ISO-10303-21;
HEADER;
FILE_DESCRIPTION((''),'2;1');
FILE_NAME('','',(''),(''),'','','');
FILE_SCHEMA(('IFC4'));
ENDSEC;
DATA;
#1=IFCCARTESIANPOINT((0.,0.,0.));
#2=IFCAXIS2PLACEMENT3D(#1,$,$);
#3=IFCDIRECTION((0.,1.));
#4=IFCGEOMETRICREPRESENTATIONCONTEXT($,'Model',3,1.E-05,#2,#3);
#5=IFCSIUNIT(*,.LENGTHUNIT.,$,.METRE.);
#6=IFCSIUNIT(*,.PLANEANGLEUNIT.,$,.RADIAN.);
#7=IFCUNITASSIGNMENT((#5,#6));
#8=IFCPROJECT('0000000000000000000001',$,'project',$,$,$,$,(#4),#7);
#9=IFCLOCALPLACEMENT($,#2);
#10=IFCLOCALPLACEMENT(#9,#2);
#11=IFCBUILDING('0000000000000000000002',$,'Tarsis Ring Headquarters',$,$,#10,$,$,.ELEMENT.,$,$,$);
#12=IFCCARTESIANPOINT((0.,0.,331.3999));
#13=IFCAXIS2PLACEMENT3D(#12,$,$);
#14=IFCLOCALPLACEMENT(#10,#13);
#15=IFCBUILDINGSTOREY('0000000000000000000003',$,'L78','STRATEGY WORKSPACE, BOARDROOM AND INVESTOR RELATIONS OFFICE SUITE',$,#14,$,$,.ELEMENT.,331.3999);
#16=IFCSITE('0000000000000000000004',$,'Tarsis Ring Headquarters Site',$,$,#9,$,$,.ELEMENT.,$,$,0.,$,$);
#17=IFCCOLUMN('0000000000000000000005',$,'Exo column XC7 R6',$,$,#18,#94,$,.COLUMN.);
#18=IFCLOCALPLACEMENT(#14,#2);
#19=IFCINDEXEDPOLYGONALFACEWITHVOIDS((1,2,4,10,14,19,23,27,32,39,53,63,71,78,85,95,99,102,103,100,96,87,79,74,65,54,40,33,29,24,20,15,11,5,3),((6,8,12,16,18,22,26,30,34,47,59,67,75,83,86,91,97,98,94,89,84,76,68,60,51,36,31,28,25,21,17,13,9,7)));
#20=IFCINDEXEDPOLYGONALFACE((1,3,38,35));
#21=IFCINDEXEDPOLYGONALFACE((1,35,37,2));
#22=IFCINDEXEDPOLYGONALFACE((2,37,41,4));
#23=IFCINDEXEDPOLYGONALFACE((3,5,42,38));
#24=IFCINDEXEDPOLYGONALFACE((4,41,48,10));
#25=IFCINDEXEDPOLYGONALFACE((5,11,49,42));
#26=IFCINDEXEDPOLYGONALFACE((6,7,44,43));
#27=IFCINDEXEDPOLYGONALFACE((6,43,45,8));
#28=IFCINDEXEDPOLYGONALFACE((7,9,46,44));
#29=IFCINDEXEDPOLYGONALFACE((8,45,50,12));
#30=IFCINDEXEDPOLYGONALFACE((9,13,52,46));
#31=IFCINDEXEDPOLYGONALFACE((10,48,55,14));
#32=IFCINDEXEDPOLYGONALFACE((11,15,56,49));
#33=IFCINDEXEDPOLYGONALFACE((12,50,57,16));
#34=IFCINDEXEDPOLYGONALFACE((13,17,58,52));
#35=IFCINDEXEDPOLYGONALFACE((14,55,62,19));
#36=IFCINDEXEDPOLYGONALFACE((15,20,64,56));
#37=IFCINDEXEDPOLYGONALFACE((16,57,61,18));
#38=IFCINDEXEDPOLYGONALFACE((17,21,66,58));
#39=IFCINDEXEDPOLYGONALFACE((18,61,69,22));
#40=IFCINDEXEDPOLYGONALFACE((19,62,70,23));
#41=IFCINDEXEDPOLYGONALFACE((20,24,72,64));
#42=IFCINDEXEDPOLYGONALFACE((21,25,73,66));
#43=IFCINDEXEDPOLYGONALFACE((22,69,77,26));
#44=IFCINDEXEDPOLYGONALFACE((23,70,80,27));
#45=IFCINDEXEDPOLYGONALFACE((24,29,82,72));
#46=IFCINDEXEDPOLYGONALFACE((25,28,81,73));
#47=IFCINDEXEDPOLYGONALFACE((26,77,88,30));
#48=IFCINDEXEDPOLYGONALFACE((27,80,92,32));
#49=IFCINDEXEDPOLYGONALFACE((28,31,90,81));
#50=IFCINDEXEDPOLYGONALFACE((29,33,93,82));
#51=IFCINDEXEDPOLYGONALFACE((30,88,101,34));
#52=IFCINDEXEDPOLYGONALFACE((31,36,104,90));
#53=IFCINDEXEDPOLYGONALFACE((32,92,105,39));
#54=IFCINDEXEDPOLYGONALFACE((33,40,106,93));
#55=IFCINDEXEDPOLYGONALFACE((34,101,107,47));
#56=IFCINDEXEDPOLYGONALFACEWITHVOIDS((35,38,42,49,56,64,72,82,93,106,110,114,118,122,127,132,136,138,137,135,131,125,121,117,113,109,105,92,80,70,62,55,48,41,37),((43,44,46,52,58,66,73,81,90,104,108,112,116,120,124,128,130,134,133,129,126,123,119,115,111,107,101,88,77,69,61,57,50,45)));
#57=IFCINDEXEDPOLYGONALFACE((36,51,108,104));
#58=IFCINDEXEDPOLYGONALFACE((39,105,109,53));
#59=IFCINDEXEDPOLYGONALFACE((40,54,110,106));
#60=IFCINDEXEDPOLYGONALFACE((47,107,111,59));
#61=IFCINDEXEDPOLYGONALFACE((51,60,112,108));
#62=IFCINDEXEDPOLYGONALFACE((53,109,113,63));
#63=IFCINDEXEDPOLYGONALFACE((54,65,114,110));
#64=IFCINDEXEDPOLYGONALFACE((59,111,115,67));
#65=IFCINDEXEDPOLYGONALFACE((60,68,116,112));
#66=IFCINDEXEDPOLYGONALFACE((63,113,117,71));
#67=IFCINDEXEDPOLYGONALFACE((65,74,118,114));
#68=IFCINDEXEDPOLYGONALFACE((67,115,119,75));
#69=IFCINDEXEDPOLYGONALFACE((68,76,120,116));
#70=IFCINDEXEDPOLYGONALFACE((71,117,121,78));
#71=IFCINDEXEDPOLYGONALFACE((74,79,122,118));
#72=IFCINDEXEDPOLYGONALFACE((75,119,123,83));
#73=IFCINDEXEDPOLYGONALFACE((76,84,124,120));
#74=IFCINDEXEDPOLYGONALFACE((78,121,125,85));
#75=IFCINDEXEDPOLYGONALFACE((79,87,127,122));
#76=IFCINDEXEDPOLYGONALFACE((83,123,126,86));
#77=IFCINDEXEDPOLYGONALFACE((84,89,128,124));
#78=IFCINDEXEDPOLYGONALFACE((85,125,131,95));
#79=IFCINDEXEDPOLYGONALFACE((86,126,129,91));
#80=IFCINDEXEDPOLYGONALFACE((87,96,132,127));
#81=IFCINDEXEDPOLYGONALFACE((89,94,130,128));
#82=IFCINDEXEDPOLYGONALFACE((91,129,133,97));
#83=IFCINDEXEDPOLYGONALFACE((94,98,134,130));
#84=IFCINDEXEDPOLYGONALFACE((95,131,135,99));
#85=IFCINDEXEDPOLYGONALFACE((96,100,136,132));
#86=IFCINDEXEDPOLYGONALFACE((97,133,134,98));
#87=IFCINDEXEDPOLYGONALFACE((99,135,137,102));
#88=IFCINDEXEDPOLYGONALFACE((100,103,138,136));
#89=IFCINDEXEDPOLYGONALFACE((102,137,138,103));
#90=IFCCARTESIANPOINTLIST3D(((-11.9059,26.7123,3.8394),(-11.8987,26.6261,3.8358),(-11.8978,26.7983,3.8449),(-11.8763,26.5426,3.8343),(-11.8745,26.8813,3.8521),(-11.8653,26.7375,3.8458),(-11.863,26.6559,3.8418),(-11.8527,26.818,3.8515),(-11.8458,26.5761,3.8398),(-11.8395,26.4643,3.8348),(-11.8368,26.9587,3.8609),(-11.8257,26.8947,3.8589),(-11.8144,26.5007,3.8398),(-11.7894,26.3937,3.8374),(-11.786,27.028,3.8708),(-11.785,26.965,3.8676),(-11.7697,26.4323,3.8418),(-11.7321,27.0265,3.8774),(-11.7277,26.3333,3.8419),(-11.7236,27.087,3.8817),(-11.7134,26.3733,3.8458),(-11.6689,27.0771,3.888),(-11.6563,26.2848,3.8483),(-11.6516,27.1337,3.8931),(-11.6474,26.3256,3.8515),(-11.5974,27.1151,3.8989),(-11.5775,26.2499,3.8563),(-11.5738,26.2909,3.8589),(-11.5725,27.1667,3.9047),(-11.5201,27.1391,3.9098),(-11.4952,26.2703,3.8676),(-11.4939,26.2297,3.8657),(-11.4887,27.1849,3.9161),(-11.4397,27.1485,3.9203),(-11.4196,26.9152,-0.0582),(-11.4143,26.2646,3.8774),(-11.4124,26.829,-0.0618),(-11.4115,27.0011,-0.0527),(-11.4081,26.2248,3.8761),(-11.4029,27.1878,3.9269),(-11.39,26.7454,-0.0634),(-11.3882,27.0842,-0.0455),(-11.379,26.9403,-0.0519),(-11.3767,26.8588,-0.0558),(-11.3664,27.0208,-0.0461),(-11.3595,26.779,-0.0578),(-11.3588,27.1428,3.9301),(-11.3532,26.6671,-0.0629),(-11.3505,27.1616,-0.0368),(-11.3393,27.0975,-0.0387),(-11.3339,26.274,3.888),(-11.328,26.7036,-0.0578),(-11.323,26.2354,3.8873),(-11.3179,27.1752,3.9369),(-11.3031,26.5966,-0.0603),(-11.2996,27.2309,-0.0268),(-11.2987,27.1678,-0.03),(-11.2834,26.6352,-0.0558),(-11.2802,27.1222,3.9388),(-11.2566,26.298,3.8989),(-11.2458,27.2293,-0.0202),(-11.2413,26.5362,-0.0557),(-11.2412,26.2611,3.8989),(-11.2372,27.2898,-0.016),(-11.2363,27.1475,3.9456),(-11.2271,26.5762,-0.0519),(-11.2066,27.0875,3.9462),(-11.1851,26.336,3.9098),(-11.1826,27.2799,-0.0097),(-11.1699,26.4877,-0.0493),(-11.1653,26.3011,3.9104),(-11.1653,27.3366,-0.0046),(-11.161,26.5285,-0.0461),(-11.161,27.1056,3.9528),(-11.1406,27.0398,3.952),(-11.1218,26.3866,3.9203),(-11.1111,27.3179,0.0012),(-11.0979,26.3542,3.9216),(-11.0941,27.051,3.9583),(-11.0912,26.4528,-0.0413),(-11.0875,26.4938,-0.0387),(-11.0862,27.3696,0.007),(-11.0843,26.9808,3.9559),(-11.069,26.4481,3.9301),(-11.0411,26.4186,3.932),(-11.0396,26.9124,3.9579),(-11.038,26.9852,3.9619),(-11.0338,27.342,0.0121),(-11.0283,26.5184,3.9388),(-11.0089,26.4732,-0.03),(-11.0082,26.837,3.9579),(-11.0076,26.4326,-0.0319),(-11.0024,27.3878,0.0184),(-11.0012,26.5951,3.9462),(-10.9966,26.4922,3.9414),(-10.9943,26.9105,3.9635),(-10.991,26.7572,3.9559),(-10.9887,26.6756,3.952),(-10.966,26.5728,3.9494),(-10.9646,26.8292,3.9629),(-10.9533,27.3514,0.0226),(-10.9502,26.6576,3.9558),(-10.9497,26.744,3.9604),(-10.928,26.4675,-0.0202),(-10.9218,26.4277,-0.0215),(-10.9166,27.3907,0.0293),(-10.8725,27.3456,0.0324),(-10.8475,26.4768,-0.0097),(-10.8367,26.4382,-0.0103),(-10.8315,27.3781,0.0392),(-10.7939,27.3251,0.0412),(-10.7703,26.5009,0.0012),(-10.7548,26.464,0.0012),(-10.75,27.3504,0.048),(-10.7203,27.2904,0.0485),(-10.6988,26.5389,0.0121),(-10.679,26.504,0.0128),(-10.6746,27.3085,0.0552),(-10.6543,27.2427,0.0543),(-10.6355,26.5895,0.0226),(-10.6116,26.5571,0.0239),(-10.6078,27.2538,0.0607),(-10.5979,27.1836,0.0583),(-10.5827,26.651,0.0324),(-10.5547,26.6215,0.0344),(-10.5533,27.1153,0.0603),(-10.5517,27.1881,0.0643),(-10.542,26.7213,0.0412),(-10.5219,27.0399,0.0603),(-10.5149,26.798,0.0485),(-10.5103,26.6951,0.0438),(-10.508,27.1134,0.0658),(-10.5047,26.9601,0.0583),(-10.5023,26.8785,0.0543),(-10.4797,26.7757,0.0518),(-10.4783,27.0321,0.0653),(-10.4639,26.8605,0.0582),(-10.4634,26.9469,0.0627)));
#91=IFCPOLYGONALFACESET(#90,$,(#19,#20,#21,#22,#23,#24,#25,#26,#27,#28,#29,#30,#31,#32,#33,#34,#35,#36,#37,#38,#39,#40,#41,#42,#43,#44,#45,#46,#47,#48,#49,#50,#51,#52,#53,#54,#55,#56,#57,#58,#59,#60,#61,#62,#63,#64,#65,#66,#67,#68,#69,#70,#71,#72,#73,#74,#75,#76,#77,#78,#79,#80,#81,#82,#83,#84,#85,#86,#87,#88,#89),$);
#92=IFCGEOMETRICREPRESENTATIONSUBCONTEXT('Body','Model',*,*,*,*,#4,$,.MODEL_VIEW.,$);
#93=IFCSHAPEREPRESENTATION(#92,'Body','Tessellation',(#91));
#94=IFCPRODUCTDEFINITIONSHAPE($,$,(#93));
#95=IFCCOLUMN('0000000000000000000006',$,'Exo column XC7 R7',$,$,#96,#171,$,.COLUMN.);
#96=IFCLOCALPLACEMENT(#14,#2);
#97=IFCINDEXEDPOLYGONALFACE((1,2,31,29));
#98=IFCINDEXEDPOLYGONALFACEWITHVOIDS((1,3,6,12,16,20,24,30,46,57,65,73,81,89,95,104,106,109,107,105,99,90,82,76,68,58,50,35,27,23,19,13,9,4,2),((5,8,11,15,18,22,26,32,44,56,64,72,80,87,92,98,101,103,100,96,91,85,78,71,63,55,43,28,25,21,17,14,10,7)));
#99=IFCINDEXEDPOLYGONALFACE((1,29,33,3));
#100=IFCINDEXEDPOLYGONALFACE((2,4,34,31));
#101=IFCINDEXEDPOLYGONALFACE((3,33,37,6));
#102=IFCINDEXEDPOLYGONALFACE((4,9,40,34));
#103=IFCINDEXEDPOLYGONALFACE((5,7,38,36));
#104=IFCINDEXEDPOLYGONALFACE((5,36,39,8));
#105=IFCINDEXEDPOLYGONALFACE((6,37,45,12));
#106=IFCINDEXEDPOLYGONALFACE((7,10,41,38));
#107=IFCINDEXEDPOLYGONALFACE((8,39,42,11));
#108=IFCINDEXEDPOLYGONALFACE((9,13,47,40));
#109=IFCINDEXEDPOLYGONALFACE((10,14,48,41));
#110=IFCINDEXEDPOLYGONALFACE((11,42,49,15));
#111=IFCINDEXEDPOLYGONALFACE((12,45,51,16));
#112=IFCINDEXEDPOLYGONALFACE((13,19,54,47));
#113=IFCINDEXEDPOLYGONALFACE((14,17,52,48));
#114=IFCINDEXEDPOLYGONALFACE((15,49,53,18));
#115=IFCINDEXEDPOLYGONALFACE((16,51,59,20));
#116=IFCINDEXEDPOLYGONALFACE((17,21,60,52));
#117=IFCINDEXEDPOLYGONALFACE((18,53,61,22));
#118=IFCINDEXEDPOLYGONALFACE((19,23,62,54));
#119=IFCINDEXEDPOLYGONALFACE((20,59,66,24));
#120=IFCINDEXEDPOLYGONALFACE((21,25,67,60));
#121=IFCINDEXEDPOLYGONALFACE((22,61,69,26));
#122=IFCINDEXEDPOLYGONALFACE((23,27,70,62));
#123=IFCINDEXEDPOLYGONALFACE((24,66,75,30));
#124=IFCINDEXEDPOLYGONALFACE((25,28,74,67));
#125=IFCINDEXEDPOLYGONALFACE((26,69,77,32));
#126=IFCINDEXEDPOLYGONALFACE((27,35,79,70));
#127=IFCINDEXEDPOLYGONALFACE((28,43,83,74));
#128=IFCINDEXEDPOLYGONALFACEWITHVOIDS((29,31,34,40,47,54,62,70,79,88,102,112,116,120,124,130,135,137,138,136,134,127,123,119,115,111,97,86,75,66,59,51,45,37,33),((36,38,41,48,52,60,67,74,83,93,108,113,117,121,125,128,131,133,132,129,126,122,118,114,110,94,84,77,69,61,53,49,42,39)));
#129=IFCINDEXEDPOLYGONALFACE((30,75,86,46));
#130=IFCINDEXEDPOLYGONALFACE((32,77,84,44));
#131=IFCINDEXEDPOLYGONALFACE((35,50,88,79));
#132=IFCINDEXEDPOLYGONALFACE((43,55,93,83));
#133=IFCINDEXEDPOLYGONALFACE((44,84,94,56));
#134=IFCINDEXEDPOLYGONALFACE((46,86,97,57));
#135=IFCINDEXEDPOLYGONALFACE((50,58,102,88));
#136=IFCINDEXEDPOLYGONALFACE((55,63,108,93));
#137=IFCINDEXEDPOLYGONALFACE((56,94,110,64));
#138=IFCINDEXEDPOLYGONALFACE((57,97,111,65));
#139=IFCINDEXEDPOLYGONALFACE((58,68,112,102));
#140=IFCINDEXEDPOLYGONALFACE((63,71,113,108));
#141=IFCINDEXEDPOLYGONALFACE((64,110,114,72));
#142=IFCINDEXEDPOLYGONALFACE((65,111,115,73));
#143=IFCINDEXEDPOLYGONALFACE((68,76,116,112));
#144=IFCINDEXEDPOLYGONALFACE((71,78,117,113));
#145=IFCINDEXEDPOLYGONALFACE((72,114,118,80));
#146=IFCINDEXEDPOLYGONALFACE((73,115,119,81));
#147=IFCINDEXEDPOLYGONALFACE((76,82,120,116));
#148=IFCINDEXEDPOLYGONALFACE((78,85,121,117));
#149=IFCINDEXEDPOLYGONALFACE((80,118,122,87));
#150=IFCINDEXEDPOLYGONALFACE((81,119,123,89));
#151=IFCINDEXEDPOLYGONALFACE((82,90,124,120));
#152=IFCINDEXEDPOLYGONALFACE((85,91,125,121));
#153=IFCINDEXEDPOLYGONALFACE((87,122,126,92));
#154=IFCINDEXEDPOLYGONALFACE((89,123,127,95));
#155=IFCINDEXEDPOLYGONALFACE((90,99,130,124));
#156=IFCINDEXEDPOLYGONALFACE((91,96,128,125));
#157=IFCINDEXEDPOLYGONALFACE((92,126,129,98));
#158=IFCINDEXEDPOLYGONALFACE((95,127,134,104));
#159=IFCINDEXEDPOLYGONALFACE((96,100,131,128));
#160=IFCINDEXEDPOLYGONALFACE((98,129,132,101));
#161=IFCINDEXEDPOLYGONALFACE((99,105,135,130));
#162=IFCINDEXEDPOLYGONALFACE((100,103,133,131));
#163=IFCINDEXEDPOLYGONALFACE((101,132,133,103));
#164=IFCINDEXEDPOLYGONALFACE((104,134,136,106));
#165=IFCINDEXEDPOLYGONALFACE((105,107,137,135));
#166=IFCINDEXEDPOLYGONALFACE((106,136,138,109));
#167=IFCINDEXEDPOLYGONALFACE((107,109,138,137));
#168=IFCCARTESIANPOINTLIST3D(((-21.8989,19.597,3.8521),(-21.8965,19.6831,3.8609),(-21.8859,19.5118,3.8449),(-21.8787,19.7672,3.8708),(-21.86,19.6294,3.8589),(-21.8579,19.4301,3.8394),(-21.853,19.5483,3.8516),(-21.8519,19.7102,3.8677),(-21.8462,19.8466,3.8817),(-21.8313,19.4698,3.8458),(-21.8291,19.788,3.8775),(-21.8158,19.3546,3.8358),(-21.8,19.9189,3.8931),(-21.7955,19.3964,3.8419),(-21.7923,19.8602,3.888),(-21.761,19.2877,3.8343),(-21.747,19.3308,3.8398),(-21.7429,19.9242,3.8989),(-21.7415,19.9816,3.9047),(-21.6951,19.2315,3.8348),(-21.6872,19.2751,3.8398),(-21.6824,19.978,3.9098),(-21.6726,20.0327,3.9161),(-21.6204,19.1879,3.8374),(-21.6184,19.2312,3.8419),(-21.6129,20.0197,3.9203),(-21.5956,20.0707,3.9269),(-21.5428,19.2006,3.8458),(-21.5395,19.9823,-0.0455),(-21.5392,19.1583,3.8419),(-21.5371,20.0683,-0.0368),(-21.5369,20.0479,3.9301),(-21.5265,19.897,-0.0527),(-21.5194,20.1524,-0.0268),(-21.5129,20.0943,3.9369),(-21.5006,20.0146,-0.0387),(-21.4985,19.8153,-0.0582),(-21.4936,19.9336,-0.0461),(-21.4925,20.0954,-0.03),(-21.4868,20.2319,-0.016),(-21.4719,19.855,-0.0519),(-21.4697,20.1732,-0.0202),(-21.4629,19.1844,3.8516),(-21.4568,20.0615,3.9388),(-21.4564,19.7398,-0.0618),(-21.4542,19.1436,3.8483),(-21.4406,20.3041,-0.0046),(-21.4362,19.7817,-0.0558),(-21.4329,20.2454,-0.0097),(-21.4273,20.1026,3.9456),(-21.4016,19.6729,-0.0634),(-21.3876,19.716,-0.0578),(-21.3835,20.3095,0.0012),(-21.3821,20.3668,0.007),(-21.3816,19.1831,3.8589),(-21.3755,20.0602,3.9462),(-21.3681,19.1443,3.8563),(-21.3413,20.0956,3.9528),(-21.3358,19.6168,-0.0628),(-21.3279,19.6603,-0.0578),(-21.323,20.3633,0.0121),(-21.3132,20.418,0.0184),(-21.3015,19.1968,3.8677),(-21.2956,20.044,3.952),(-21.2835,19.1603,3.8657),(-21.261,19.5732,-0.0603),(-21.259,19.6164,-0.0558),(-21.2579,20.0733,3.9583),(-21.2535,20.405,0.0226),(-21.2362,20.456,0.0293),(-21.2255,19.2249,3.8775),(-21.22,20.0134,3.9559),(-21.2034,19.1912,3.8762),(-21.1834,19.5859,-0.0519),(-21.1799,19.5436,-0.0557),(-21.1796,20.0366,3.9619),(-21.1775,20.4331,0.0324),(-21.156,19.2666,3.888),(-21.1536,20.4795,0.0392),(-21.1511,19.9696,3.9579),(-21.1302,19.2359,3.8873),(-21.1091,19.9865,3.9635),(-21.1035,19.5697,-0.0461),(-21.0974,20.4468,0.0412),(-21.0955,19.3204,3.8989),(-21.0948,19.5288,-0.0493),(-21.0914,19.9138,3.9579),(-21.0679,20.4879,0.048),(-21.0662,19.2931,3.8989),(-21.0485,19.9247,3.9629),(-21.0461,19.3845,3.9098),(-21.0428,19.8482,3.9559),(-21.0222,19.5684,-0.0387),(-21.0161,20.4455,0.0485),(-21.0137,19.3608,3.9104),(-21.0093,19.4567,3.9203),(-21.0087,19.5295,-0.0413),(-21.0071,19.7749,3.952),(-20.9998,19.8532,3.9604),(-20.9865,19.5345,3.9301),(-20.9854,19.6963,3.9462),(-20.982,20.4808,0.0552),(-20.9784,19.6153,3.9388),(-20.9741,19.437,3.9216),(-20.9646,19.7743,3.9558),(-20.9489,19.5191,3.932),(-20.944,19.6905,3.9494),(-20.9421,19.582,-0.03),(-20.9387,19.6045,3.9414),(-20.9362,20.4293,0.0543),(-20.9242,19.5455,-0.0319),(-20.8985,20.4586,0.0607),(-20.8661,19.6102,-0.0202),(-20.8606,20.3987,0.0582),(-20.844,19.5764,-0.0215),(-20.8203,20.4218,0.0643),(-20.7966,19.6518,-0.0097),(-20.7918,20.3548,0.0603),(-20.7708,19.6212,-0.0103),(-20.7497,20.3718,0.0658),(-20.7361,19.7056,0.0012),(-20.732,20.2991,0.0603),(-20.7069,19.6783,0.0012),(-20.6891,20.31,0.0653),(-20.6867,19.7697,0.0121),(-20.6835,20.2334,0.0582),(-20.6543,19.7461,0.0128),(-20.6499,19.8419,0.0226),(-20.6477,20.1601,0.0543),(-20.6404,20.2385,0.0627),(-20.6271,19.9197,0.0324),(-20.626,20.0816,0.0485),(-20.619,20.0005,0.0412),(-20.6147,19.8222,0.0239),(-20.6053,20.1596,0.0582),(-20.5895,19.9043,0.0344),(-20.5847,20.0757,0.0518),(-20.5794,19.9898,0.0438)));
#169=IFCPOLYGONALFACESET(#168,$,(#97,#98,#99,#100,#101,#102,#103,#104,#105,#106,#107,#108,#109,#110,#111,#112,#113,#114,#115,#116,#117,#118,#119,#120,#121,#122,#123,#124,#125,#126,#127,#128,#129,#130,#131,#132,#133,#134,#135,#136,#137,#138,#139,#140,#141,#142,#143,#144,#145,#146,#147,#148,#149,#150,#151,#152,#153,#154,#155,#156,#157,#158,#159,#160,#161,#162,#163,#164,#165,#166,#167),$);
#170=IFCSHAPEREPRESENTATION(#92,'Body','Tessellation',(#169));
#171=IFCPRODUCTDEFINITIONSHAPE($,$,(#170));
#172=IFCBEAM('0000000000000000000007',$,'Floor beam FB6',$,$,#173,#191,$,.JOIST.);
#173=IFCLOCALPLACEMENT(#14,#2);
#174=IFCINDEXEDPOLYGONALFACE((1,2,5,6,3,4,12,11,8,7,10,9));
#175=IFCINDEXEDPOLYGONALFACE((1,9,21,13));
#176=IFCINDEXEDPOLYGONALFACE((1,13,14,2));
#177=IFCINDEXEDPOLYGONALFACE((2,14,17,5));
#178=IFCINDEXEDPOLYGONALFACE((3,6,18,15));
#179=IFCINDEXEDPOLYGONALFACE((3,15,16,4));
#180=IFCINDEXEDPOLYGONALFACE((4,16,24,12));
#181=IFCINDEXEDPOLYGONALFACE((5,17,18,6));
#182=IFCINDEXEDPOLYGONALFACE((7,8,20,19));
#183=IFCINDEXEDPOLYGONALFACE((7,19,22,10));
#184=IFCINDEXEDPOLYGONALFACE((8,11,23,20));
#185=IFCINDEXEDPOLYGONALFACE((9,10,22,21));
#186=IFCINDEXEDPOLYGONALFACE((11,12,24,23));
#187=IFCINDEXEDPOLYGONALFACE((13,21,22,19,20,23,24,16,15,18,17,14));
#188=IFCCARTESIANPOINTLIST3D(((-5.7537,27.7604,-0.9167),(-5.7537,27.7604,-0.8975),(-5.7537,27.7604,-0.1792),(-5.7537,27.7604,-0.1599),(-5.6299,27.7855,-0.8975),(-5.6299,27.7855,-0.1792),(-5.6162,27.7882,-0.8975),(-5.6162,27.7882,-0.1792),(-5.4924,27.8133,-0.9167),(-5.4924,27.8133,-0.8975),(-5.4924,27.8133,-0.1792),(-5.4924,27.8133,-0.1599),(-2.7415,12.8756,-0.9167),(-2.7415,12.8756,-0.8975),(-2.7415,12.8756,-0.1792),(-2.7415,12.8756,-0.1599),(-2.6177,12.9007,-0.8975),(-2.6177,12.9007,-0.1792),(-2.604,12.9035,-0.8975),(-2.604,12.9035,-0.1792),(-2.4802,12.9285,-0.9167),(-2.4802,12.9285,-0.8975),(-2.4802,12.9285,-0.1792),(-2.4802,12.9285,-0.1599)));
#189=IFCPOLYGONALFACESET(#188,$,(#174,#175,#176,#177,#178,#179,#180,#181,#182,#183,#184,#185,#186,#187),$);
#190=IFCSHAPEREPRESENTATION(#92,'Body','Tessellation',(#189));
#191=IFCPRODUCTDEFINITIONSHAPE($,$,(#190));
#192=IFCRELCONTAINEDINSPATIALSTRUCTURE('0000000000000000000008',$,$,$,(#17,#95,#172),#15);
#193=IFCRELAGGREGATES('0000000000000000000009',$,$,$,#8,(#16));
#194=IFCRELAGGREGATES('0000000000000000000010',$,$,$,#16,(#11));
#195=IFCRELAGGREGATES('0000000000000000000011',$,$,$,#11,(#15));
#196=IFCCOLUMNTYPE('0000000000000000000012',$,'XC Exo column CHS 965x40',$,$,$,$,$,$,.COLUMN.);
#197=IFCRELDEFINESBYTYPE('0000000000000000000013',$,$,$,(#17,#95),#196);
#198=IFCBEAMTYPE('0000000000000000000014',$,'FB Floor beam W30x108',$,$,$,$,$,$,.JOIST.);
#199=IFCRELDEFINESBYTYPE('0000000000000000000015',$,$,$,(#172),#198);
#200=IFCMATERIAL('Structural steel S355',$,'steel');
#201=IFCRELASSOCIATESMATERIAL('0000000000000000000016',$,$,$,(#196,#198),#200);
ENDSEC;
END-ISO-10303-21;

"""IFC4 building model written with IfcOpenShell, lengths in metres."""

from ifc_helpers import new_model, si_unit, direction, frame, origin, origin_2d, place, context, subcontext, project, spatial, hollow_circle, i_section, extrude, material, material_profile, profile_set, type_object, element, save


model = new_model("IFC4")

# Units and contexts
model_context = context("Model", 3, precision=1e-05, world=origin(), true_north=direction((0.0, 1.0)))
body_context = subcontext(model_context, "Body", "Model", "MODEL_VIEW")
ifc_project = project(units=[si_unit("LENGTHUNIT", "METRE"), si_unit("PLANEANGLEUNIT", "RADIAN")], contexts=[model_context])

# Site, building, storey
site_placement = place(None, origin())
site = spatial("IfcSite", under=ifc_project, at=site_placement, Name="Tarsis Ring Headquarters Site", CompositionType="ELEMENT", RefElevation=0.0)
building_placement = place(site_placement, origin())
building = spatial("IfcBuilding", under=site, at=building_placement, Name="Tarsis Ring Headquarters", CompositionType="ELEMENT")
storey_placement = place(building_placement, frame((0.0, 0.0, 331.3999)))
storey = spatial("IfcBuildingStorey", under=building, at=storey_placement, Name="L78", Description="STRATEGY WORKSPACE, BOARDROOM AND INVESTOR RELATIONS OFFICE SUITE", CompositionType="ELEMENT", Elevation=331.3999)

# Columns
ifc_material_1 = material(Name="Structural steel S355", Category="steel")
ifc_material_profile_1 = material_profile(ifc_material_1, hollow_circle(Radius=0.4827, WallThickness=0.04, at=origin_2d()), Name="CHS 965x40")
ifc_profile_set_1 = profile_set([ifc_material_profile_1], Name="Structural steel S355")
column_type = type_object("IfcColumnType", Name="XC Exo column CHS 965x40", PredefinedType="COLUMN", material=ifc_profile_set_1)
for number, where, z_axis, x_axis, name in (
    (1, (-10.9407, 26.9094, 0.0012), (-0.123648, -0.051582, 0.990985), (0.38501, -0.922912, 0.0), "Exo column XC7 R6"),
    (2, (-21.0598, 20.0076, 0.0012), (-0.091371, -0.09795, 0.990988), (0.73124, -0.68212, 0.0), "Exo column XC7 R7"),
):
    element("IfcColumn", number, at=place(storey_placement, frame(where, z_axis=z_axis, x_axis=x_axis)), inside=storey, type_object=column_type, Name=name, PredefinedType="COLUMN", context=body_context, shape_type="SweptSolid", body=[
        extrude(hollow_circle(Radius=0.4827, WallThickness=0.04, at=origin_2d()), origin(), (0.0, 0.0, 1.0), 3.9331),
    ])

# Beam
ifc_material_profile_2 = material_profile(ifc_material_1, i_section(OverallWidth=0.2666, OverallDepth=0.7568, WebThickness=0.0139, FlangeThickness=0.0193, at=origin_2d()), Name="W30x108")
ifc_profile_set_2 = profile_set([ifc_material_profile_2], Name="Structural steel S355")
beam_type_1 = type_object("IfcBeamType", Name="FB Floor beam W30x108", PredefinedType="JOIST", material=ifc_profile_set_2)
beam_1_placement = place(storey_placement, frame((-5.623, 27.7869, -0.5383), z_axis=(0.198348, -0.980132, 0.0), x_axis=(0.980132, 0.198348, 0.0)))
element("IfcBeam", 3, at=beam_1_placement, inside=storey, type_object=beam_type_1, Name="Floor beam FB6", PredefinedType="JOIST", context=body_context, shape_type="SweptSolid", body=[
    extrude(i_section(OverallWidth=0.2666, OverallDepth=0.7568, WebThickness=0.0139, FlangeThickness=0.0193, at=origin_2d()), origin(), (0.0, 0.0, 1.0), 15.1865),
])

save(model, "model.ifc")
